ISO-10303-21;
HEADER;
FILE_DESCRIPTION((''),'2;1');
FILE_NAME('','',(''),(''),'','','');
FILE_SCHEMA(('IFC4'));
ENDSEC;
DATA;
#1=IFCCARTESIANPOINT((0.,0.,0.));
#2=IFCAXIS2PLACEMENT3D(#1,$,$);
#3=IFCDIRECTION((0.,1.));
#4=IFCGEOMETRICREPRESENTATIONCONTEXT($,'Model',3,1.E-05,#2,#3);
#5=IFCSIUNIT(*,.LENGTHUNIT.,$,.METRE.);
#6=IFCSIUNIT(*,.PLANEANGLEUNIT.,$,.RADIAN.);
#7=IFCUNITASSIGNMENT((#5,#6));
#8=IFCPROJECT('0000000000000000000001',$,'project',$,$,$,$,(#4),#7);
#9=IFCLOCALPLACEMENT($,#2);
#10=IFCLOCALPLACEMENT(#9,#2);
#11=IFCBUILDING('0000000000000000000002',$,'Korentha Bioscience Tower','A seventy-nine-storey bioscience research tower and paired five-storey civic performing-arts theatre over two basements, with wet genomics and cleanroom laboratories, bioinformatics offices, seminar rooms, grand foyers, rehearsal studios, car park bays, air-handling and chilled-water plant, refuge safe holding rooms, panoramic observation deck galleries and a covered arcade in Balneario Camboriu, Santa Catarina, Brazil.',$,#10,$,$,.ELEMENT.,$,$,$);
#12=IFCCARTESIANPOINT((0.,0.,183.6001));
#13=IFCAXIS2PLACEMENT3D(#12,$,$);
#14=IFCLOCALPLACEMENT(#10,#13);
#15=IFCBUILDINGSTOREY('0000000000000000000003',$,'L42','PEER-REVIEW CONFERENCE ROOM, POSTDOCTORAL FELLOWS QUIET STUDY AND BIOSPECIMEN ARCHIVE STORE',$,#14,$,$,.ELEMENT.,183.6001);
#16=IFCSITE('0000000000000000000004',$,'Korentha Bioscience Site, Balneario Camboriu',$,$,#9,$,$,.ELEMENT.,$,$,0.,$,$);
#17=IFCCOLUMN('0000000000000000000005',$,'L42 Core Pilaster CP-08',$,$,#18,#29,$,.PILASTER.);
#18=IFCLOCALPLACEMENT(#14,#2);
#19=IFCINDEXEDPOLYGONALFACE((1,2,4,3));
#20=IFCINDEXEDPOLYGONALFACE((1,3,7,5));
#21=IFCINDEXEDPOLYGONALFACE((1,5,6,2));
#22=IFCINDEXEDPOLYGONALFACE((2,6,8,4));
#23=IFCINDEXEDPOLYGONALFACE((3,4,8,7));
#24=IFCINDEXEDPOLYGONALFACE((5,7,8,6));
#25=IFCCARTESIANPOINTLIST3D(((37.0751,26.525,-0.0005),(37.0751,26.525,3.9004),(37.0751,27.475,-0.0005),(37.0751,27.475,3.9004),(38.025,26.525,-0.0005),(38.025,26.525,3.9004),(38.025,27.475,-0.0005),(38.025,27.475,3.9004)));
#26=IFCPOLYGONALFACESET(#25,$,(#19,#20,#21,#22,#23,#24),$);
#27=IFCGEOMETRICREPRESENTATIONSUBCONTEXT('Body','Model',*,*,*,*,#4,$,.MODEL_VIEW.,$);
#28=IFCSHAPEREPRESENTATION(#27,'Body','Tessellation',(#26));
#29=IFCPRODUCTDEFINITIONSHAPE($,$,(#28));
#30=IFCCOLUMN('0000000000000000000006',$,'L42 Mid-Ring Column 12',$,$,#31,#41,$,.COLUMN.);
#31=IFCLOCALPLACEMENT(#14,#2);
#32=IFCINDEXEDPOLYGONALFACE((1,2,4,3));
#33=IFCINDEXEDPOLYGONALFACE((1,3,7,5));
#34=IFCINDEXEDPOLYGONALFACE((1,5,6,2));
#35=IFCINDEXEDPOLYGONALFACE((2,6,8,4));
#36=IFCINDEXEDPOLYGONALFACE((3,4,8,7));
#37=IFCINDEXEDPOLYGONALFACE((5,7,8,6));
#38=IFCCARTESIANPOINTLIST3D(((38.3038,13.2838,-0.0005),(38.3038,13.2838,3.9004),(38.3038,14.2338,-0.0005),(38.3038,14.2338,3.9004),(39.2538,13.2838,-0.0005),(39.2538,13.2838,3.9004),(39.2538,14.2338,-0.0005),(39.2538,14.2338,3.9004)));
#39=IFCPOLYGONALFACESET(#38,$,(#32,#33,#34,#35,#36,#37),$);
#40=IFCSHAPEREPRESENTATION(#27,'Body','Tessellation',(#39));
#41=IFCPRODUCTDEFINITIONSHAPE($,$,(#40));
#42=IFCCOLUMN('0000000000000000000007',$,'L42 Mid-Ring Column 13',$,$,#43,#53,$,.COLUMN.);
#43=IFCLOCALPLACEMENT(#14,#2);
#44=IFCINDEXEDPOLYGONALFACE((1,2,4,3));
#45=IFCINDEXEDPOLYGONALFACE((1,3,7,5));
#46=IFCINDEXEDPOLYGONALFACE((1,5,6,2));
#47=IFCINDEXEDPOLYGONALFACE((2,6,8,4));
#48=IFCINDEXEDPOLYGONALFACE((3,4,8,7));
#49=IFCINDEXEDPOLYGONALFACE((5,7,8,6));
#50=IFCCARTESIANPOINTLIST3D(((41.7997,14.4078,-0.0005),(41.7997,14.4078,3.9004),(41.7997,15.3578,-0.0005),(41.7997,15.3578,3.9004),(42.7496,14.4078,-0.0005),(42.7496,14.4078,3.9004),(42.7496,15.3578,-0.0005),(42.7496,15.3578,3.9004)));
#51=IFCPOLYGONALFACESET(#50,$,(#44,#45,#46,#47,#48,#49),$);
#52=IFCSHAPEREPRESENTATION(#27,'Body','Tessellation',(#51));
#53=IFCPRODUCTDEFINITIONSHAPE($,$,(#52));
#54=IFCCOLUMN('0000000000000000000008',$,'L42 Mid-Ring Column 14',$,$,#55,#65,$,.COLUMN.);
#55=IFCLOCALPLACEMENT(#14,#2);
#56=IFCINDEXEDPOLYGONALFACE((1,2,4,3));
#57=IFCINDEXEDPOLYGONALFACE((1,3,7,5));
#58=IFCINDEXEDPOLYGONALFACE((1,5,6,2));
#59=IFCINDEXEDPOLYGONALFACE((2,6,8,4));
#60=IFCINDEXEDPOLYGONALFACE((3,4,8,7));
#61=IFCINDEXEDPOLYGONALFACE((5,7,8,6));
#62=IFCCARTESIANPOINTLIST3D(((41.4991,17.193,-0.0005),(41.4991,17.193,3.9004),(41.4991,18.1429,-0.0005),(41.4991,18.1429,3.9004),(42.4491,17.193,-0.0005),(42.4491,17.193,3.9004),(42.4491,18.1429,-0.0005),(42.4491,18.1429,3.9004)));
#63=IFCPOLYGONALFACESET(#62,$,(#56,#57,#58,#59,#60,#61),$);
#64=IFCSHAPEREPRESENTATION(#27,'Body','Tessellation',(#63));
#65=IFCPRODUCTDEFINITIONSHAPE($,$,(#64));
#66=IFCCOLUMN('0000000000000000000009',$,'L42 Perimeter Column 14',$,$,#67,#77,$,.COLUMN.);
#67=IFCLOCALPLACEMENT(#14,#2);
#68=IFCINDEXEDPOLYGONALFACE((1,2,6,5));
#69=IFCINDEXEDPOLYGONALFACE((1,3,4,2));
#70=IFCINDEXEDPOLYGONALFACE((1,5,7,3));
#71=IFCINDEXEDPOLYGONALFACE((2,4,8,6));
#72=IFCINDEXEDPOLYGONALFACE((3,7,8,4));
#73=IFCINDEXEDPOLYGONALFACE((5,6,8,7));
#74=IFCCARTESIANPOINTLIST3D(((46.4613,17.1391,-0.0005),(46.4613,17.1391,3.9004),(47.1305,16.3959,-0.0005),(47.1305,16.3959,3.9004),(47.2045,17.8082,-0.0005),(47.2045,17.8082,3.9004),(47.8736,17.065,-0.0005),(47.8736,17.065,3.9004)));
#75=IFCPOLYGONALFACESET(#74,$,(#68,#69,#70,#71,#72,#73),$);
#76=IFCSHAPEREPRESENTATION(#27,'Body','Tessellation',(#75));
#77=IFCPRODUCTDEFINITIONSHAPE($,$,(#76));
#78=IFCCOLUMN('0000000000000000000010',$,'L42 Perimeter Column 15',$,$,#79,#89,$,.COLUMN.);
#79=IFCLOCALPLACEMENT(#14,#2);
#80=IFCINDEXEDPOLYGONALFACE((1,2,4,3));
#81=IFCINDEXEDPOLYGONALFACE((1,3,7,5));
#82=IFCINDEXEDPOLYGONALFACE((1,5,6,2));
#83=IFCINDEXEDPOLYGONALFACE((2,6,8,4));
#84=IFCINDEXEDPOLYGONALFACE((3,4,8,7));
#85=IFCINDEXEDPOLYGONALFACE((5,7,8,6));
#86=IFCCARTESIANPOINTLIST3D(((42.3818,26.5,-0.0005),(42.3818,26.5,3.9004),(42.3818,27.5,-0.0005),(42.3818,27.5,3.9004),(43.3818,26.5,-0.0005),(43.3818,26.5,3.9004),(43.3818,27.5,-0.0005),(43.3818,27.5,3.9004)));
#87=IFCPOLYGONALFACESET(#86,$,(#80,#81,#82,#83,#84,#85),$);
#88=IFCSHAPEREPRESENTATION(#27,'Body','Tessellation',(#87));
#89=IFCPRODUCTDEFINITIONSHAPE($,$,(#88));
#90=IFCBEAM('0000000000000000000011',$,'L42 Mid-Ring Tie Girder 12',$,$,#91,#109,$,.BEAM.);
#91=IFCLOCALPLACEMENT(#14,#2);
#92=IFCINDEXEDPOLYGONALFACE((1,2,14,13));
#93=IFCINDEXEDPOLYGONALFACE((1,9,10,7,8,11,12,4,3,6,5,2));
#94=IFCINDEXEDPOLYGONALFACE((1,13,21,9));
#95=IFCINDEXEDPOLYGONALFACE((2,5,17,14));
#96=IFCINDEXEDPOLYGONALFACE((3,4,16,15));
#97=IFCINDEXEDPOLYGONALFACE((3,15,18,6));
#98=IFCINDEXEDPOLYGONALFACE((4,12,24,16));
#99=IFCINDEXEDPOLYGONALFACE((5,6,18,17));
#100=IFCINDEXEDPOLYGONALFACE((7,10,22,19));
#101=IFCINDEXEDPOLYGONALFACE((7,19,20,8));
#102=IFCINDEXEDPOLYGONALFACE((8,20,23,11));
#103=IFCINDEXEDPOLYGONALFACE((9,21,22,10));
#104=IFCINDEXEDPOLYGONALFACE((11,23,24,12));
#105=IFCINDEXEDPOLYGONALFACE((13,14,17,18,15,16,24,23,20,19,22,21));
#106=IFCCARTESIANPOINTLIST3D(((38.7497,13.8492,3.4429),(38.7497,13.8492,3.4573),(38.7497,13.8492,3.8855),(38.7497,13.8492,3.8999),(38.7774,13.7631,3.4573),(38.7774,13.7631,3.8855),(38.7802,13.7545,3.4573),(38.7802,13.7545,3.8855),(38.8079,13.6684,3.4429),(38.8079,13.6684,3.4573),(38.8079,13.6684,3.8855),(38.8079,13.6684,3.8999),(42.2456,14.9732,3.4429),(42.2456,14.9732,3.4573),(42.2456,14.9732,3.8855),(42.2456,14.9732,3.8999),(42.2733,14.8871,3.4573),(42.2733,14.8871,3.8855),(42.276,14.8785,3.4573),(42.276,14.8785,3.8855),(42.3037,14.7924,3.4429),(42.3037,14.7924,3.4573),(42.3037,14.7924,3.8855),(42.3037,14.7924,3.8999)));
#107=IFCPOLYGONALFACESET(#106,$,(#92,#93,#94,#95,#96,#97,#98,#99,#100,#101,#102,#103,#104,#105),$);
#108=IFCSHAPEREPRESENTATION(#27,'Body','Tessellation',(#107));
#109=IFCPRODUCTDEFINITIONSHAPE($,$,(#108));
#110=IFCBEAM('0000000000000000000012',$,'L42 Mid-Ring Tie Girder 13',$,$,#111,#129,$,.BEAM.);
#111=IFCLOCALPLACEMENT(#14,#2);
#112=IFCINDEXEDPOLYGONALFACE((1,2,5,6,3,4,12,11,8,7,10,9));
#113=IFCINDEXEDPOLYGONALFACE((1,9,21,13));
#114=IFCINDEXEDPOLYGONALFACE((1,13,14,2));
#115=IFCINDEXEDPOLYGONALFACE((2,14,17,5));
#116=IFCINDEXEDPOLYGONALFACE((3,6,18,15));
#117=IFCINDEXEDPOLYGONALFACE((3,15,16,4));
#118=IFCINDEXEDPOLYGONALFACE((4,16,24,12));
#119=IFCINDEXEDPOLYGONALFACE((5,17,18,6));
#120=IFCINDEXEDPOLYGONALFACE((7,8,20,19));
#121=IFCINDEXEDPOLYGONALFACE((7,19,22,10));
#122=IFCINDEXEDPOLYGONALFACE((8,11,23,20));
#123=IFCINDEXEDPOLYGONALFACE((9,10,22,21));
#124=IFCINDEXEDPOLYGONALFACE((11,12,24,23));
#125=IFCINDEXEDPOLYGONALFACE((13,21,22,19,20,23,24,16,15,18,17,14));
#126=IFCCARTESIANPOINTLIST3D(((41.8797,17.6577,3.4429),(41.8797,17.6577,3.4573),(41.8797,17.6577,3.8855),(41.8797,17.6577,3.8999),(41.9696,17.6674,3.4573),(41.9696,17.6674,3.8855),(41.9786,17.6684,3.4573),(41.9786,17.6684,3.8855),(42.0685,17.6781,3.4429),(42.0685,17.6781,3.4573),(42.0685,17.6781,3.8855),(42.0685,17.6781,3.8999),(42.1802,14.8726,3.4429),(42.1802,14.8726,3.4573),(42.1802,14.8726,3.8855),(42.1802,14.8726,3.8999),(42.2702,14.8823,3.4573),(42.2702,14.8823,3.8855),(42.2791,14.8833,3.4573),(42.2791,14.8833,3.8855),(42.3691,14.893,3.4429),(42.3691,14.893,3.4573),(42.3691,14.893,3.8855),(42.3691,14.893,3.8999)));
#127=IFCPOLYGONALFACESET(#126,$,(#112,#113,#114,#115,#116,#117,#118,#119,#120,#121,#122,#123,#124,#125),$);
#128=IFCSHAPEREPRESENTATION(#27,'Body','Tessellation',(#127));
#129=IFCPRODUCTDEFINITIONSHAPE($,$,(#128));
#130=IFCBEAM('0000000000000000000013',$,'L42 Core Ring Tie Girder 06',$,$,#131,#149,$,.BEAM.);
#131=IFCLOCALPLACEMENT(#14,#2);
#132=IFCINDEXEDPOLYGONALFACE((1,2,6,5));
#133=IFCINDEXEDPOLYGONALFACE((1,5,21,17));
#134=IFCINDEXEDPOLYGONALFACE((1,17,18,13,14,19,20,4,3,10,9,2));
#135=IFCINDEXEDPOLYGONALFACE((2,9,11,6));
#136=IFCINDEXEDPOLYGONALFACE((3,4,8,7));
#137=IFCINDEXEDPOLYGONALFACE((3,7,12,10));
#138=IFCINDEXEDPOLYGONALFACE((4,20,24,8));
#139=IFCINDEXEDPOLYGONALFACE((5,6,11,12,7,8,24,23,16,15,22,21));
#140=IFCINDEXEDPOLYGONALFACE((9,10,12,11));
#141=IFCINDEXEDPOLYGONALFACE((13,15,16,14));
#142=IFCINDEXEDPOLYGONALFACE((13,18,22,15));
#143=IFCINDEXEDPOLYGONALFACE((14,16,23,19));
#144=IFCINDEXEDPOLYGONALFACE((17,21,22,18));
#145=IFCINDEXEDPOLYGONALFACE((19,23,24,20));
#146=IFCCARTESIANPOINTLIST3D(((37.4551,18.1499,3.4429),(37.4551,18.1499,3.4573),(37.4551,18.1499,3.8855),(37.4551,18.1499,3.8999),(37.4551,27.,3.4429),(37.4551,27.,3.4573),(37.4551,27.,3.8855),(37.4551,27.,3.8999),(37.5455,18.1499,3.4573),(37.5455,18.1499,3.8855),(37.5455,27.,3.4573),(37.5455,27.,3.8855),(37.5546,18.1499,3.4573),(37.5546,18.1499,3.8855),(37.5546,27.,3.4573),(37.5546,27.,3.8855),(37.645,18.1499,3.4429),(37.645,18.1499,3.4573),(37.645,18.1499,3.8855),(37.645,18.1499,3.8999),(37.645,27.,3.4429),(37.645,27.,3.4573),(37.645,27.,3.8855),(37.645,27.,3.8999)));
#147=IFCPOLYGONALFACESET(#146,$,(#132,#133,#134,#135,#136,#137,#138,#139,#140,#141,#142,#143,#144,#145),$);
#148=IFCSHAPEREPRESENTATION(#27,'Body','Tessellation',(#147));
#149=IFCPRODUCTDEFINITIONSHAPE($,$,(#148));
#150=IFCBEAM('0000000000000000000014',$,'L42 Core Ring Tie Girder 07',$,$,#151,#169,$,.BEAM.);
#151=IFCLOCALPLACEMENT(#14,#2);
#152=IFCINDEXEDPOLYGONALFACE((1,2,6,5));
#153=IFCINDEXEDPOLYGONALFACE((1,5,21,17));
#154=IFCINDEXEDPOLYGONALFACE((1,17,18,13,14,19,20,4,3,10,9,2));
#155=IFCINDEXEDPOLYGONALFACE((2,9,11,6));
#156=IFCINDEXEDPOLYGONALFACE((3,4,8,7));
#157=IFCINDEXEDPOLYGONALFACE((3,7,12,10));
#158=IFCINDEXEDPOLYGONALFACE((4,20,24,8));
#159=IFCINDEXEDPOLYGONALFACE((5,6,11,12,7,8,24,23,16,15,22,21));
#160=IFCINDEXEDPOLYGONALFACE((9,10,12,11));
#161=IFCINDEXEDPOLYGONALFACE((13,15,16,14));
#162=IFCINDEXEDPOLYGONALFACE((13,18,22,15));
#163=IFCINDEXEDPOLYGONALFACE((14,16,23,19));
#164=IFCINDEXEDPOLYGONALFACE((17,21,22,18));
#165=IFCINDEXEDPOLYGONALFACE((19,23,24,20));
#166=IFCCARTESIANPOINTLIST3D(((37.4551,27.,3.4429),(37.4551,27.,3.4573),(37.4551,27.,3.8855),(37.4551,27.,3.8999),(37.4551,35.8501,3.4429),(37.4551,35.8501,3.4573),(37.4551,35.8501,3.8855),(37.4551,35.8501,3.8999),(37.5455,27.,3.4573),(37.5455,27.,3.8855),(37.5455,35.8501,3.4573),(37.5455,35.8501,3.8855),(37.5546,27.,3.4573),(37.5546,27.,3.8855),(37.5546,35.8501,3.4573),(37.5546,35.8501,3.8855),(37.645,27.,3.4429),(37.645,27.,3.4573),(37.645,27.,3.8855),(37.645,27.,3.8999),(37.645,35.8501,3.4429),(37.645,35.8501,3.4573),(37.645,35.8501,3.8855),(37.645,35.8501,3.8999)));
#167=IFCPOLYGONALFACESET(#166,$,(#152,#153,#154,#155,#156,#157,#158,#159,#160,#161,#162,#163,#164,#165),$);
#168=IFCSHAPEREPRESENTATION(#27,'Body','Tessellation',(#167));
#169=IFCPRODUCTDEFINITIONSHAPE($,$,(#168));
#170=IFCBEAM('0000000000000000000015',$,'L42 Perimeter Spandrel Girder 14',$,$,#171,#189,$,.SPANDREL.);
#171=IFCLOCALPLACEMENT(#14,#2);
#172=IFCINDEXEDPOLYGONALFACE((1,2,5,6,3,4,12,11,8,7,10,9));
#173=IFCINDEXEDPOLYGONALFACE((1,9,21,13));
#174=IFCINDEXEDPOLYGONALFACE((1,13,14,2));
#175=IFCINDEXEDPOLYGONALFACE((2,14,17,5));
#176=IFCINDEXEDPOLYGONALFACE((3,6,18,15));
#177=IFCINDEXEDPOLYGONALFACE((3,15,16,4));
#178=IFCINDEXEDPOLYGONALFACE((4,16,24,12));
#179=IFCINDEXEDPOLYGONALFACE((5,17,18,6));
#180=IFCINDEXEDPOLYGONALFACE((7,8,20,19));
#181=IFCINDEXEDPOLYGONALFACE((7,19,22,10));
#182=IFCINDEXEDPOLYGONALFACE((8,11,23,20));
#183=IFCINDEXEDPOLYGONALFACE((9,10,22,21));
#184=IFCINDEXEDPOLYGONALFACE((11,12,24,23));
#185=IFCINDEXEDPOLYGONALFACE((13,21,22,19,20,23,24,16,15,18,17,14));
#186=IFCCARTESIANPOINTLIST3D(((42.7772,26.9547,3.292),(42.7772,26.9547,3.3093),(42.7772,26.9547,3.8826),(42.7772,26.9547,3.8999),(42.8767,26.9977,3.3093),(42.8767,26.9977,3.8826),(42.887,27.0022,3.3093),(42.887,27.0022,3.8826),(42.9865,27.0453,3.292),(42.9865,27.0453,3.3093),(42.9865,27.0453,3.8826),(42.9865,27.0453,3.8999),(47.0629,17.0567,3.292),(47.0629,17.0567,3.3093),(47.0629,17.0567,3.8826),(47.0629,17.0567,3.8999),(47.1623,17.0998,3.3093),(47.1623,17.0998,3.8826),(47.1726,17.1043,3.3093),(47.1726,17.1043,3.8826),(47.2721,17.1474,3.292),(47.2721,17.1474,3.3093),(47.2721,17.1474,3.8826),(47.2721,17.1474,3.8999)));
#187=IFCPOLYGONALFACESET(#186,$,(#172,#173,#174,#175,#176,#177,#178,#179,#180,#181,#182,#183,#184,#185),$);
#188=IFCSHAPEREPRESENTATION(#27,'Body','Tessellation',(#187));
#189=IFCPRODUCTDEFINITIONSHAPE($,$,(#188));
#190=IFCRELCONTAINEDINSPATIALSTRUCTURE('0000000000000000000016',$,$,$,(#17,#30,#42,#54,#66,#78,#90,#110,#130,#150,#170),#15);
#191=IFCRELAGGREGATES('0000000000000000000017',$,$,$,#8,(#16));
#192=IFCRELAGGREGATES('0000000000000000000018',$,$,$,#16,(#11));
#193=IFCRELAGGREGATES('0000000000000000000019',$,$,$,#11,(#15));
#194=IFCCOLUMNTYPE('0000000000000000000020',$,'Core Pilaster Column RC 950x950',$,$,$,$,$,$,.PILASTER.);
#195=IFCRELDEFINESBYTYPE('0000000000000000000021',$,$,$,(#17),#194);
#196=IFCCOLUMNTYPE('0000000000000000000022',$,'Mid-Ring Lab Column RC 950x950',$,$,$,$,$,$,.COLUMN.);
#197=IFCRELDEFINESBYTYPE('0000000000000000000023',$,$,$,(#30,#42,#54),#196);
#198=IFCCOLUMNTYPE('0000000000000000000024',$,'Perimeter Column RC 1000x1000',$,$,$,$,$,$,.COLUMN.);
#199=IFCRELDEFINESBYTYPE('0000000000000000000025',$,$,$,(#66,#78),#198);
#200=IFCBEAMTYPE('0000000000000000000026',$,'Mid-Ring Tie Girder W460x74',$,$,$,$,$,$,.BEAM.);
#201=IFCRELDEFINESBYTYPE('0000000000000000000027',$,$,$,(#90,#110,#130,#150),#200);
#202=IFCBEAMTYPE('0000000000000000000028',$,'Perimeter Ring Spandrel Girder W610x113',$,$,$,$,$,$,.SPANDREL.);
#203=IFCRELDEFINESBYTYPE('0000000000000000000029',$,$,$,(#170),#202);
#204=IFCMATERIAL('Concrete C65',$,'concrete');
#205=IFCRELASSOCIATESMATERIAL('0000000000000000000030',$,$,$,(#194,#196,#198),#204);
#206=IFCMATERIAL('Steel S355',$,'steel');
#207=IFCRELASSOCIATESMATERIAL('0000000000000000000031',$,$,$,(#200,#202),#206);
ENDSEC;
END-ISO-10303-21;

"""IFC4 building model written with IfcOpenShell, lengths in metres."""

from ifc_helpers import new_model, si_unit, direction, frame, origin, origin_2d, place, context, subcontext, project, spatial, rectangle, i_section, extrude, material, material_profile, profile_set, type_object, element, save


model = new_model("IFC4")

# Units and contexts
model_context = context("Model", 3, precision=1e-05, world=origin(), true_north=direction((0.0, 1.0)))
body_context = subcontext(model_context, "Body", "Model", "MODEL_VIEW")
ifc_project = project(units=[si_unit("LENGTHUNIT", "METRE"), si_unit("PLANEANGLEUNIT", "RADIAN")], contexts=[model_context])

# Site, building, storey
site_placement = place(None, origin())
site = spatial("IfcSite", under=ifc_project, at=site_placement, Name="Korentha Bioscience Site, Balneario Camboriu", CompositionType="ELEMENT", RefElevation=0.0)
building_placement = place(site_placement, origin())
building = spatial("IfcBuilding", under=site, at=building_placement, Name="Korentha Bioscience Tower", Description="A seventy-nine-storey bioscience research tower and paired five-storey civic performing-arts theatre over two basements, with wet genomics and cleanroom laboratories, bioinformatics offices, seminar rooms, grand foyers, rehearsal studios, car park bays, air-handling and chilled-water plant, refuge safe holding rooms, panoramic observation deck galleries and a covered arcade in Balneario Camboriu, Santa Catarina, Brazil.", CompositionType="ELEMENT")
storey_placement = place(building_placement, frame((0.0, 0.0, 183.6001)))
storey = spatial("IfcBuildingStorey", under=building, at=storey_placement, Name="L42", Description="PEER-REVIEW CONFERENCE ROOM, POSTDOCTORAL FELLOWS QUIET STUDY AND BIOSPECIMEN ARCHIVE STORE", CompositionType="ELEMENT", Elevation=183.6001)

# Columns
ifc_material_1 = material(Name="Concrete C65", Category="concrete")
ifc_material_profile_1 = material_profile(ifc_material_1, rectangle(XDim=0.95, YDim=0.95, at=origin_2d()), Name="Concrete C65")
ifc_profile_set_1 = profile_set([ifc_material_profile_1], Name="Concrete C65 (COL-CP09)")
column_type_1 = type_object("IfcColumnType", Name="Core Pilaster Column RC 950x950", PredefinedType="PILASTER", material=ifc_profile_set_1)
column_placement = place(storey_placement, frame((37.55, 27.0, -0.0005), z_axis=(0.0, 0.0, 1.0), x_axis=(1.0, 0.0, 0.0)))
element("IfcColumn", 1, at=column_placement, inside=storey, type_object=column_type_1, Name="L42 Core Pilaster CP-08", PredefinedType="PILASTER", context=body_context, shape_type="SweptSolid", body=[
    extrude(rectangle(XDim=0.95, YDim=0.95, at=origin_2d()), origin(), (0.0, 0.0, 1.0), 3.9009),
])
ifc_material_profile_2 = material_profile(ifc_material_1, rectangle(XDim=0.95, YDim=0.95, at=origin_2d()), Name="Concrete C65")
ifc_profile_set_2 = profile_set([ifc_material_profile_2], Name="Concrete C65 (COL-MR09)")
column_type_2 = type_object("IfcColumnType", Name="Mid-Ring Lab Column RC 950x950", PredefinedType="COLUMN", material=ifc_profile_set_2)
for number, where, z_axis, x_axis, name in (
    (2, (38.7788, 13.7588, -0.0005), (0.0, 0.0, 1.0), (1.0, 0.0, 0.0), "L42 Mid-Ring Column 12"),
    (3, (42.2747, 14.8828, -0.0005), (0.0, 0.0, 1.0), (1.0, 0.0, 0.0), "L42 Mid-Ring Column 13"),
    (4, (41.9741, 17.668, -0.0005), (0.0, 0.0, 1.0), (1.0, 0.0, 0.0), "L42 Mid-Ring Column 14"),
):
    element("IfcColumn", number, at=place(storey_placement, frame(where, z_axis=z_axis, x_axis=x_axis)), inside=storey, type_object=column_type_2, Name=name, PredefinedType="COLUMN", context=body_context, shape_type="SweptSolid", body=[
        extrude(rectangle(XDim=0.95, YDim=0.95, at=origin_2d()), origin(), (0.0, 0.0, 1.0), 3.9009),
    ])
ifc_material_profile_3 = material_profile(ifc_material_1, rectangle(XDim=1.0, YDim=1.0, at=origin_2d()), Name="Concrete C65")
ifc_profile_set_3 = profile_set([ifc_material_profile_3], Name="Concrete C65 (COL-P10)")
column_type_3 = type_object("IfcColumnType", Name="Perimeter Column RC 1000x1000", PredefinedType="COLUMN", material=ifc_profile_set_3)
for number, where, z_axis, x_axis, name in (
    (5, (47.1675, 17.1021, -0.0005), (0.0, 0.0, 1.0), (-0.669131, 0.743145, 0.0), "L42 Perimeter Column 14"),
    (6, (42.8818, 27.0, -0.0005), (0.0, 0.0, 1.0), (0.0, 1.0, 0.0), "L42 Perimeter Column 15"),
):
    element("IfcColumn", number, at=place(storey_placement, frame(where, z_axis=z_axis, x_axis=x_axis)), inside=storey, type_object=column_type_3, Name=name, PredefinedType="COLUMN", context=body_context, shape_type="SweptSolid", body=[
        extrude(rectangle(XDim=1.0, YDim=1.0, at=origin_2d()), origin(), (0.0, 0.0, 1.0), 3.9009),
    ])

# Beams
ifc_material_2 = material(Name="Steel S355", Category="steel")
ifc_material_profile_4 = material_profile(ifc_material_2, i_section(OverallWidth=0.1899, OverallDepth=0.457, WebThickness=0.009, FlangeThickness=0.0144, at=origin_2d()), Name="Steel S355")
ifc_profile_set_4 = profile_set([ifc_material_profile_4], Name="Steel S355 (MB-460)")
beam_type_1 = type_object("IfcBeamType", Name="Mid-Ring Tie Girder W460x74", PredefinedType="BEAM", material=ifc_profile_set_4)
beam_1_placement = place(storey_placement, frame((38.7788, 13.7588, 3.6714), z_axis=(0.952, 0.306097, 0.0), x_axis=(-0.306097, 0.952, 0.0)))
element("IfcBeam", 7, at=beam_1_placement, inside=storey, type_object=beam_type_1, Name="L42 Mid-Ring Tie Girder 12", PredefinedType="BEAM", context=body_context, shape_type="SweptSolid", body=[
    extrude(i_section(OverallWidth=0.1899, OverallDepth=0.457, WebThickness=0.009, FlangeThickness=0.0144, at=origin_2d()), origin(), (0.0, 0.0, 1.0), 3.6721),
])
beam_2_placement = place(storey_placement, frame((42.2747, 14.8828, 3.6714), z_axis=(-0.107284, 0.994228, 0.0), x_axis=(-0.994228, -0.107284, 0.0)))
element("IfcBeam", 8, at=beam_2_placement, inside=storey, type_object=beam_type_1, Name="L42 Mid-Ring Tie Girder 13", PredefinedType="BEAM", context=body_context, shape_type="SweptSolid", body=[
    extrude(i_section(OverallWidth=0.1899, OverallDepth=0.457, WebThickness=0.009, FlangeThickness=0.0144, at=origin_2d()), origin(), (0.0, 0.0, 1.0), 2.8013),
])
for number, where, z_axis, x_axis, name in (
    (9, (37.55, 18.1499, 3.6714), (0.0, 1.0, 0.0), (-1.0, 0.0, 0.0), "L42 Core Ring Tie Girder 06"),
    (10, (37.55, 27.0, 3.6714), (0.0, 1.0, 0.0), (-1.0, 0.0, 0.0), "L42 Core Ring Tie Girder 07"),
):
    element("IfcBeam", number, at=place(storey_placement, frame(where, z_axis=z_axis, x_axis=x_axis)), inside=storey, type_object=beam_type_1, Name=name, PredefinedType="BEAM", context=body_context, shape_type="SweptSolid", body=[
        extrude(i_section(OverallWidth=0.1899, OverallDepth=0.457, WebThickness=0.009, FlangeThickness=0.0144, at=origin_2d()), origin(), (0.0, 0.0, 1.0), 8.8501),
    ])
ifc_material_profile_5 = material_profile(ifc_material_2, i_section(OverallWidth=0.228, OverallDepth=0.6079, WebThickness=0.0112, FlangeThickness=0.0173, at=origin_2d()), Name="Steel S355")
ifc_profile_set_5 = profile_set([ifc_material_profile_5], Name="Steel S355 (SB-610)")
beam_type_2 = type_object("IfcBeamType", Name="Perimeter Ring Spandrel Girder W610x113", PredefinedType="SPANDREL", material=ifc_profile_set_5)
for number, where, z_axis, x_axis, name in (
    (11, (47.1675, 17.1021, 3.5959), (-0.397337, 0.917673, 0.0), (-0.917673, -0.397337, 0.0), "L42 Perimeter Spandrel Girder 14"),
):
    element("IfcBeam", number, at=place(storey_placement, frame(where, z_axis=z_axis, x_axis=x_axis)), inside=storey, type_object=beam_type_2, Name=name, PredefinedType="SPANDREL", context=body_context, shape_type="SweptSolid", body=[
        extrude(i_section(OverallWidth=0.228, OverallDepth=0.6079, WebThickness=0.0112, FlangeThickness=0.0173, at=origin_2d()), origin(), (0.0, 0.0, 1.0), 10.7859),
    ])

save(model, "model.ifc")
